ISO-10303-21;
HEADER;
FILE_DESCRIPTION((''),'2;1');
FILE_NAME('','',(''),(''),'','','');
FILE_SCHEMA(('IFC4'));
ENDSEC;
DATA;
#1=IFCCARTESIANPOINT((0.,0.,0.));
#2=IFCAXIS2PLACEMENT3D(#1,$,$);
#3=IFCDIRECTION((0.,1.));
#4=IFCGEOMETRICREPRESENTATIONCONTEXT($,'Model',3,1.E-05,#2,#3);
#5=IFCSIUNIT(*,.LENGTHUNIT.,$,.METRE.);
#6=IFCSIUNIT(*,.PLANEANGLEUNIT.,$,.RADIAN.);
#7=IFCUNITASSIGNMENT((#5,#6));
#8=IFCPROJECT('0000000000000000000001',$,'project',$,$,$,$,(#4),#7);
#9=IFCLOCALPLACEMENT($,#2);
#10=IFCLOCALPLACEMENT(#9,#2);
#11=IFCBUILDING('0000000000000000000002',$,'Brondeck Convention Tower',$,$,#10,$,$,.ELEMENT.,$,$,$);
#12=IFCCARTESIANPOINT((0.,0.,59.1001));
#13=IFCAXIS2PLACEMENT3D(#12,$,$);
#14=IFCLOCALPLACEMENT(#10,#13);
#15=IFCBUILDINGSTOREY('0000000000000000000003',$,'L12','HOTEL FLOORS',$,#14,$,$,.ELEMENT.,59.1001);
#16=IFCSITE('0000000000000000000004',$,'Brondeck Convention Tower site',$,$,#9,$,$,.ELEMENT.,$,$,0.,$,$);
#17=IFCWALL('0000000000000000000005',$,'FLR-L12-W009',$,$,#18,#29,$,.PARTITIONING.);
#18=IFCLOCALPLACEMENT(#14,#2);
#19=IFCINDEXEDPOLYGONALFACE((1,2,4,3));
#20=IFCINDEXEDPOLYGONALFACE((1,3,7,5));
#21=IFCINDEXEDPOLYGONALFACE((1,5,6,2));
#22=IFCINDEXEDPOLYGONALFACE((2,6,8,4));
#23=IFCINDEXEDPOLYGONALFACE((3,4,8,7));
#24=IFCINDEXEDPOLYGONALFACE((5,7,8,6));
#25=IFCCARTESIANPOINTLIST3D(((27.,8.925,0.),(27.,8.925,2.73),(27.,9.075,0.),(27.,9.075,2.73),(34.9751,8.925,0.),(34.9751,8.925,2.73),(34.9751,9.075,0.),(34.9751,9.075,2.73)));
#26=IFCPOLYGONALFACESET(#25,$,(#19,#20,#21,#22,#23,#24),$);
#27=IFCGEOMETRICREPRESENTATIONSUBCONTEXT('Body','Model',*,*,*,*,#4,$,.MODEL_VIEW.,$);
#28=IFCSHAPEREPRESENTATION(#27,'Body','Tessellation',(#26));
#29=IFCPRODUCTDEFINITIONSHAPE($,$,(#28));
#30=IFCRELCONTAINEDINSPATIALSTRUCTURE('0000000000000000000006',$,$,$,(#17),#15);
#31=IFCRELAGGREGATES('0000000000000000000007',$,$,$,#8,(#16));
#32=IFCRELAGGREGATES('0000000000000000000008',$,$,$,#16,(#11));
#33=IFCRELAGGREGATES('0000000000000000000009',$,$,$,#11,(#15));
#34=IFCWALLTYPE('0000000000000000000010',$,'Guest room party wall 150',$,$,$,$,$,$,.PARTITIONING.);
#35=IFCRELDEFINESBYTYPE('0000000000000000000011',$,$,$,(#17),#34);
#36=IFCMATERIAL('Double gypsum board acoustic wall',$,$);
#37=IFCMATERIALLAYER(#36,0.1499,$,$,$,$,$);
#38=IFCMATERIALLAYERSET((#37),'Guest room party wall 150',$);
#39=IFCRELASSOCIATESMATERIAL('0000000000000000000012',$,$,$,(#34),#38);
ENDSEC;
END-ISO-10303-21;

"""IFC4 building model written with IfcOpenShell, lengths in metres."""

from ifc_helpers import new_model, si_unit, direction, frame, frame_2d, origin, place, context, subcontext, project, spatial, rectangle, extrude, material, layer, layer_set, type_object, element, save


model = new_model("IFC4")

# Units and contexts
model_context = context("Model", 3, precision=1e-05, world=origin(), true_north=direction((0.0, 1.0)))
body_context = subcontext(model_context, "Body", "Model", "MODEL_VIEW")
ifc_project = project(units=[si_unit("LENGTHUNIT", "METRE"), si_unit("PLANEANGLEUNIT", "RADIAN")], contexts=[model_context])

# Site, building, storey
site_placement = place(None, origin())
site = spatial("IfcSite", under=ifc_project, at=site_placement, Name="Brondeck Convention Tower site", CompositionType="ELEMENT", RefElevation=0.0)
building_placement = place(site_placement, origin())
building = spatial("IfcBuilding", under=site, at=building_placement, Name="Brondeck Convention Tower", CompositionType="ELEMENT")
storey_placement = place(building_placement, frame((0.0, 0.0, 59.1001)))
storey = spatial("IfcBuildingStorey", under=building, at=storey_placement, Name="L12", Description="HOTEL FLOORS", CompositionType="ELEMENT", Elevation=59.1001)

# Wall
ifc_material_1 = material(Name="Double gypsum board acoustic wall")
ifc_layer_1 = layer(ifc_material_1, 0.1499)
ifc_layer_set_1 = layer_set([ifc_layer_1], Name="Guest room party wall 150")
wall_type_1 = type_object("IfcWallType", Name="Guest room party wall 150", PredefinedType="PARTITIONING", material=ifc_layer_set_1)
wall_1_placement = place(storey_placement, frame((34.9751, 9.0, 0.0), z_axis=(0.0, 0.0, 1.0), x_axis=(-1.0, 0.0, 0.0)))
element("IfcWall", 1, at=wall_1_placement, inside=storey, type_object=wall_type_1, Name="FLR-L12-W009", PredefinedType="PARTITIONING", context=body_context, shape_type="SweptSolid", body=[
    extrude(rectangle(XDim=7.9751, YDim=0.1499, at=frame_2d((3.9875, 0.0))), origin(), (0.0, 0.0, 1.0), 2.73),
])

save(model, "model.ifc")
